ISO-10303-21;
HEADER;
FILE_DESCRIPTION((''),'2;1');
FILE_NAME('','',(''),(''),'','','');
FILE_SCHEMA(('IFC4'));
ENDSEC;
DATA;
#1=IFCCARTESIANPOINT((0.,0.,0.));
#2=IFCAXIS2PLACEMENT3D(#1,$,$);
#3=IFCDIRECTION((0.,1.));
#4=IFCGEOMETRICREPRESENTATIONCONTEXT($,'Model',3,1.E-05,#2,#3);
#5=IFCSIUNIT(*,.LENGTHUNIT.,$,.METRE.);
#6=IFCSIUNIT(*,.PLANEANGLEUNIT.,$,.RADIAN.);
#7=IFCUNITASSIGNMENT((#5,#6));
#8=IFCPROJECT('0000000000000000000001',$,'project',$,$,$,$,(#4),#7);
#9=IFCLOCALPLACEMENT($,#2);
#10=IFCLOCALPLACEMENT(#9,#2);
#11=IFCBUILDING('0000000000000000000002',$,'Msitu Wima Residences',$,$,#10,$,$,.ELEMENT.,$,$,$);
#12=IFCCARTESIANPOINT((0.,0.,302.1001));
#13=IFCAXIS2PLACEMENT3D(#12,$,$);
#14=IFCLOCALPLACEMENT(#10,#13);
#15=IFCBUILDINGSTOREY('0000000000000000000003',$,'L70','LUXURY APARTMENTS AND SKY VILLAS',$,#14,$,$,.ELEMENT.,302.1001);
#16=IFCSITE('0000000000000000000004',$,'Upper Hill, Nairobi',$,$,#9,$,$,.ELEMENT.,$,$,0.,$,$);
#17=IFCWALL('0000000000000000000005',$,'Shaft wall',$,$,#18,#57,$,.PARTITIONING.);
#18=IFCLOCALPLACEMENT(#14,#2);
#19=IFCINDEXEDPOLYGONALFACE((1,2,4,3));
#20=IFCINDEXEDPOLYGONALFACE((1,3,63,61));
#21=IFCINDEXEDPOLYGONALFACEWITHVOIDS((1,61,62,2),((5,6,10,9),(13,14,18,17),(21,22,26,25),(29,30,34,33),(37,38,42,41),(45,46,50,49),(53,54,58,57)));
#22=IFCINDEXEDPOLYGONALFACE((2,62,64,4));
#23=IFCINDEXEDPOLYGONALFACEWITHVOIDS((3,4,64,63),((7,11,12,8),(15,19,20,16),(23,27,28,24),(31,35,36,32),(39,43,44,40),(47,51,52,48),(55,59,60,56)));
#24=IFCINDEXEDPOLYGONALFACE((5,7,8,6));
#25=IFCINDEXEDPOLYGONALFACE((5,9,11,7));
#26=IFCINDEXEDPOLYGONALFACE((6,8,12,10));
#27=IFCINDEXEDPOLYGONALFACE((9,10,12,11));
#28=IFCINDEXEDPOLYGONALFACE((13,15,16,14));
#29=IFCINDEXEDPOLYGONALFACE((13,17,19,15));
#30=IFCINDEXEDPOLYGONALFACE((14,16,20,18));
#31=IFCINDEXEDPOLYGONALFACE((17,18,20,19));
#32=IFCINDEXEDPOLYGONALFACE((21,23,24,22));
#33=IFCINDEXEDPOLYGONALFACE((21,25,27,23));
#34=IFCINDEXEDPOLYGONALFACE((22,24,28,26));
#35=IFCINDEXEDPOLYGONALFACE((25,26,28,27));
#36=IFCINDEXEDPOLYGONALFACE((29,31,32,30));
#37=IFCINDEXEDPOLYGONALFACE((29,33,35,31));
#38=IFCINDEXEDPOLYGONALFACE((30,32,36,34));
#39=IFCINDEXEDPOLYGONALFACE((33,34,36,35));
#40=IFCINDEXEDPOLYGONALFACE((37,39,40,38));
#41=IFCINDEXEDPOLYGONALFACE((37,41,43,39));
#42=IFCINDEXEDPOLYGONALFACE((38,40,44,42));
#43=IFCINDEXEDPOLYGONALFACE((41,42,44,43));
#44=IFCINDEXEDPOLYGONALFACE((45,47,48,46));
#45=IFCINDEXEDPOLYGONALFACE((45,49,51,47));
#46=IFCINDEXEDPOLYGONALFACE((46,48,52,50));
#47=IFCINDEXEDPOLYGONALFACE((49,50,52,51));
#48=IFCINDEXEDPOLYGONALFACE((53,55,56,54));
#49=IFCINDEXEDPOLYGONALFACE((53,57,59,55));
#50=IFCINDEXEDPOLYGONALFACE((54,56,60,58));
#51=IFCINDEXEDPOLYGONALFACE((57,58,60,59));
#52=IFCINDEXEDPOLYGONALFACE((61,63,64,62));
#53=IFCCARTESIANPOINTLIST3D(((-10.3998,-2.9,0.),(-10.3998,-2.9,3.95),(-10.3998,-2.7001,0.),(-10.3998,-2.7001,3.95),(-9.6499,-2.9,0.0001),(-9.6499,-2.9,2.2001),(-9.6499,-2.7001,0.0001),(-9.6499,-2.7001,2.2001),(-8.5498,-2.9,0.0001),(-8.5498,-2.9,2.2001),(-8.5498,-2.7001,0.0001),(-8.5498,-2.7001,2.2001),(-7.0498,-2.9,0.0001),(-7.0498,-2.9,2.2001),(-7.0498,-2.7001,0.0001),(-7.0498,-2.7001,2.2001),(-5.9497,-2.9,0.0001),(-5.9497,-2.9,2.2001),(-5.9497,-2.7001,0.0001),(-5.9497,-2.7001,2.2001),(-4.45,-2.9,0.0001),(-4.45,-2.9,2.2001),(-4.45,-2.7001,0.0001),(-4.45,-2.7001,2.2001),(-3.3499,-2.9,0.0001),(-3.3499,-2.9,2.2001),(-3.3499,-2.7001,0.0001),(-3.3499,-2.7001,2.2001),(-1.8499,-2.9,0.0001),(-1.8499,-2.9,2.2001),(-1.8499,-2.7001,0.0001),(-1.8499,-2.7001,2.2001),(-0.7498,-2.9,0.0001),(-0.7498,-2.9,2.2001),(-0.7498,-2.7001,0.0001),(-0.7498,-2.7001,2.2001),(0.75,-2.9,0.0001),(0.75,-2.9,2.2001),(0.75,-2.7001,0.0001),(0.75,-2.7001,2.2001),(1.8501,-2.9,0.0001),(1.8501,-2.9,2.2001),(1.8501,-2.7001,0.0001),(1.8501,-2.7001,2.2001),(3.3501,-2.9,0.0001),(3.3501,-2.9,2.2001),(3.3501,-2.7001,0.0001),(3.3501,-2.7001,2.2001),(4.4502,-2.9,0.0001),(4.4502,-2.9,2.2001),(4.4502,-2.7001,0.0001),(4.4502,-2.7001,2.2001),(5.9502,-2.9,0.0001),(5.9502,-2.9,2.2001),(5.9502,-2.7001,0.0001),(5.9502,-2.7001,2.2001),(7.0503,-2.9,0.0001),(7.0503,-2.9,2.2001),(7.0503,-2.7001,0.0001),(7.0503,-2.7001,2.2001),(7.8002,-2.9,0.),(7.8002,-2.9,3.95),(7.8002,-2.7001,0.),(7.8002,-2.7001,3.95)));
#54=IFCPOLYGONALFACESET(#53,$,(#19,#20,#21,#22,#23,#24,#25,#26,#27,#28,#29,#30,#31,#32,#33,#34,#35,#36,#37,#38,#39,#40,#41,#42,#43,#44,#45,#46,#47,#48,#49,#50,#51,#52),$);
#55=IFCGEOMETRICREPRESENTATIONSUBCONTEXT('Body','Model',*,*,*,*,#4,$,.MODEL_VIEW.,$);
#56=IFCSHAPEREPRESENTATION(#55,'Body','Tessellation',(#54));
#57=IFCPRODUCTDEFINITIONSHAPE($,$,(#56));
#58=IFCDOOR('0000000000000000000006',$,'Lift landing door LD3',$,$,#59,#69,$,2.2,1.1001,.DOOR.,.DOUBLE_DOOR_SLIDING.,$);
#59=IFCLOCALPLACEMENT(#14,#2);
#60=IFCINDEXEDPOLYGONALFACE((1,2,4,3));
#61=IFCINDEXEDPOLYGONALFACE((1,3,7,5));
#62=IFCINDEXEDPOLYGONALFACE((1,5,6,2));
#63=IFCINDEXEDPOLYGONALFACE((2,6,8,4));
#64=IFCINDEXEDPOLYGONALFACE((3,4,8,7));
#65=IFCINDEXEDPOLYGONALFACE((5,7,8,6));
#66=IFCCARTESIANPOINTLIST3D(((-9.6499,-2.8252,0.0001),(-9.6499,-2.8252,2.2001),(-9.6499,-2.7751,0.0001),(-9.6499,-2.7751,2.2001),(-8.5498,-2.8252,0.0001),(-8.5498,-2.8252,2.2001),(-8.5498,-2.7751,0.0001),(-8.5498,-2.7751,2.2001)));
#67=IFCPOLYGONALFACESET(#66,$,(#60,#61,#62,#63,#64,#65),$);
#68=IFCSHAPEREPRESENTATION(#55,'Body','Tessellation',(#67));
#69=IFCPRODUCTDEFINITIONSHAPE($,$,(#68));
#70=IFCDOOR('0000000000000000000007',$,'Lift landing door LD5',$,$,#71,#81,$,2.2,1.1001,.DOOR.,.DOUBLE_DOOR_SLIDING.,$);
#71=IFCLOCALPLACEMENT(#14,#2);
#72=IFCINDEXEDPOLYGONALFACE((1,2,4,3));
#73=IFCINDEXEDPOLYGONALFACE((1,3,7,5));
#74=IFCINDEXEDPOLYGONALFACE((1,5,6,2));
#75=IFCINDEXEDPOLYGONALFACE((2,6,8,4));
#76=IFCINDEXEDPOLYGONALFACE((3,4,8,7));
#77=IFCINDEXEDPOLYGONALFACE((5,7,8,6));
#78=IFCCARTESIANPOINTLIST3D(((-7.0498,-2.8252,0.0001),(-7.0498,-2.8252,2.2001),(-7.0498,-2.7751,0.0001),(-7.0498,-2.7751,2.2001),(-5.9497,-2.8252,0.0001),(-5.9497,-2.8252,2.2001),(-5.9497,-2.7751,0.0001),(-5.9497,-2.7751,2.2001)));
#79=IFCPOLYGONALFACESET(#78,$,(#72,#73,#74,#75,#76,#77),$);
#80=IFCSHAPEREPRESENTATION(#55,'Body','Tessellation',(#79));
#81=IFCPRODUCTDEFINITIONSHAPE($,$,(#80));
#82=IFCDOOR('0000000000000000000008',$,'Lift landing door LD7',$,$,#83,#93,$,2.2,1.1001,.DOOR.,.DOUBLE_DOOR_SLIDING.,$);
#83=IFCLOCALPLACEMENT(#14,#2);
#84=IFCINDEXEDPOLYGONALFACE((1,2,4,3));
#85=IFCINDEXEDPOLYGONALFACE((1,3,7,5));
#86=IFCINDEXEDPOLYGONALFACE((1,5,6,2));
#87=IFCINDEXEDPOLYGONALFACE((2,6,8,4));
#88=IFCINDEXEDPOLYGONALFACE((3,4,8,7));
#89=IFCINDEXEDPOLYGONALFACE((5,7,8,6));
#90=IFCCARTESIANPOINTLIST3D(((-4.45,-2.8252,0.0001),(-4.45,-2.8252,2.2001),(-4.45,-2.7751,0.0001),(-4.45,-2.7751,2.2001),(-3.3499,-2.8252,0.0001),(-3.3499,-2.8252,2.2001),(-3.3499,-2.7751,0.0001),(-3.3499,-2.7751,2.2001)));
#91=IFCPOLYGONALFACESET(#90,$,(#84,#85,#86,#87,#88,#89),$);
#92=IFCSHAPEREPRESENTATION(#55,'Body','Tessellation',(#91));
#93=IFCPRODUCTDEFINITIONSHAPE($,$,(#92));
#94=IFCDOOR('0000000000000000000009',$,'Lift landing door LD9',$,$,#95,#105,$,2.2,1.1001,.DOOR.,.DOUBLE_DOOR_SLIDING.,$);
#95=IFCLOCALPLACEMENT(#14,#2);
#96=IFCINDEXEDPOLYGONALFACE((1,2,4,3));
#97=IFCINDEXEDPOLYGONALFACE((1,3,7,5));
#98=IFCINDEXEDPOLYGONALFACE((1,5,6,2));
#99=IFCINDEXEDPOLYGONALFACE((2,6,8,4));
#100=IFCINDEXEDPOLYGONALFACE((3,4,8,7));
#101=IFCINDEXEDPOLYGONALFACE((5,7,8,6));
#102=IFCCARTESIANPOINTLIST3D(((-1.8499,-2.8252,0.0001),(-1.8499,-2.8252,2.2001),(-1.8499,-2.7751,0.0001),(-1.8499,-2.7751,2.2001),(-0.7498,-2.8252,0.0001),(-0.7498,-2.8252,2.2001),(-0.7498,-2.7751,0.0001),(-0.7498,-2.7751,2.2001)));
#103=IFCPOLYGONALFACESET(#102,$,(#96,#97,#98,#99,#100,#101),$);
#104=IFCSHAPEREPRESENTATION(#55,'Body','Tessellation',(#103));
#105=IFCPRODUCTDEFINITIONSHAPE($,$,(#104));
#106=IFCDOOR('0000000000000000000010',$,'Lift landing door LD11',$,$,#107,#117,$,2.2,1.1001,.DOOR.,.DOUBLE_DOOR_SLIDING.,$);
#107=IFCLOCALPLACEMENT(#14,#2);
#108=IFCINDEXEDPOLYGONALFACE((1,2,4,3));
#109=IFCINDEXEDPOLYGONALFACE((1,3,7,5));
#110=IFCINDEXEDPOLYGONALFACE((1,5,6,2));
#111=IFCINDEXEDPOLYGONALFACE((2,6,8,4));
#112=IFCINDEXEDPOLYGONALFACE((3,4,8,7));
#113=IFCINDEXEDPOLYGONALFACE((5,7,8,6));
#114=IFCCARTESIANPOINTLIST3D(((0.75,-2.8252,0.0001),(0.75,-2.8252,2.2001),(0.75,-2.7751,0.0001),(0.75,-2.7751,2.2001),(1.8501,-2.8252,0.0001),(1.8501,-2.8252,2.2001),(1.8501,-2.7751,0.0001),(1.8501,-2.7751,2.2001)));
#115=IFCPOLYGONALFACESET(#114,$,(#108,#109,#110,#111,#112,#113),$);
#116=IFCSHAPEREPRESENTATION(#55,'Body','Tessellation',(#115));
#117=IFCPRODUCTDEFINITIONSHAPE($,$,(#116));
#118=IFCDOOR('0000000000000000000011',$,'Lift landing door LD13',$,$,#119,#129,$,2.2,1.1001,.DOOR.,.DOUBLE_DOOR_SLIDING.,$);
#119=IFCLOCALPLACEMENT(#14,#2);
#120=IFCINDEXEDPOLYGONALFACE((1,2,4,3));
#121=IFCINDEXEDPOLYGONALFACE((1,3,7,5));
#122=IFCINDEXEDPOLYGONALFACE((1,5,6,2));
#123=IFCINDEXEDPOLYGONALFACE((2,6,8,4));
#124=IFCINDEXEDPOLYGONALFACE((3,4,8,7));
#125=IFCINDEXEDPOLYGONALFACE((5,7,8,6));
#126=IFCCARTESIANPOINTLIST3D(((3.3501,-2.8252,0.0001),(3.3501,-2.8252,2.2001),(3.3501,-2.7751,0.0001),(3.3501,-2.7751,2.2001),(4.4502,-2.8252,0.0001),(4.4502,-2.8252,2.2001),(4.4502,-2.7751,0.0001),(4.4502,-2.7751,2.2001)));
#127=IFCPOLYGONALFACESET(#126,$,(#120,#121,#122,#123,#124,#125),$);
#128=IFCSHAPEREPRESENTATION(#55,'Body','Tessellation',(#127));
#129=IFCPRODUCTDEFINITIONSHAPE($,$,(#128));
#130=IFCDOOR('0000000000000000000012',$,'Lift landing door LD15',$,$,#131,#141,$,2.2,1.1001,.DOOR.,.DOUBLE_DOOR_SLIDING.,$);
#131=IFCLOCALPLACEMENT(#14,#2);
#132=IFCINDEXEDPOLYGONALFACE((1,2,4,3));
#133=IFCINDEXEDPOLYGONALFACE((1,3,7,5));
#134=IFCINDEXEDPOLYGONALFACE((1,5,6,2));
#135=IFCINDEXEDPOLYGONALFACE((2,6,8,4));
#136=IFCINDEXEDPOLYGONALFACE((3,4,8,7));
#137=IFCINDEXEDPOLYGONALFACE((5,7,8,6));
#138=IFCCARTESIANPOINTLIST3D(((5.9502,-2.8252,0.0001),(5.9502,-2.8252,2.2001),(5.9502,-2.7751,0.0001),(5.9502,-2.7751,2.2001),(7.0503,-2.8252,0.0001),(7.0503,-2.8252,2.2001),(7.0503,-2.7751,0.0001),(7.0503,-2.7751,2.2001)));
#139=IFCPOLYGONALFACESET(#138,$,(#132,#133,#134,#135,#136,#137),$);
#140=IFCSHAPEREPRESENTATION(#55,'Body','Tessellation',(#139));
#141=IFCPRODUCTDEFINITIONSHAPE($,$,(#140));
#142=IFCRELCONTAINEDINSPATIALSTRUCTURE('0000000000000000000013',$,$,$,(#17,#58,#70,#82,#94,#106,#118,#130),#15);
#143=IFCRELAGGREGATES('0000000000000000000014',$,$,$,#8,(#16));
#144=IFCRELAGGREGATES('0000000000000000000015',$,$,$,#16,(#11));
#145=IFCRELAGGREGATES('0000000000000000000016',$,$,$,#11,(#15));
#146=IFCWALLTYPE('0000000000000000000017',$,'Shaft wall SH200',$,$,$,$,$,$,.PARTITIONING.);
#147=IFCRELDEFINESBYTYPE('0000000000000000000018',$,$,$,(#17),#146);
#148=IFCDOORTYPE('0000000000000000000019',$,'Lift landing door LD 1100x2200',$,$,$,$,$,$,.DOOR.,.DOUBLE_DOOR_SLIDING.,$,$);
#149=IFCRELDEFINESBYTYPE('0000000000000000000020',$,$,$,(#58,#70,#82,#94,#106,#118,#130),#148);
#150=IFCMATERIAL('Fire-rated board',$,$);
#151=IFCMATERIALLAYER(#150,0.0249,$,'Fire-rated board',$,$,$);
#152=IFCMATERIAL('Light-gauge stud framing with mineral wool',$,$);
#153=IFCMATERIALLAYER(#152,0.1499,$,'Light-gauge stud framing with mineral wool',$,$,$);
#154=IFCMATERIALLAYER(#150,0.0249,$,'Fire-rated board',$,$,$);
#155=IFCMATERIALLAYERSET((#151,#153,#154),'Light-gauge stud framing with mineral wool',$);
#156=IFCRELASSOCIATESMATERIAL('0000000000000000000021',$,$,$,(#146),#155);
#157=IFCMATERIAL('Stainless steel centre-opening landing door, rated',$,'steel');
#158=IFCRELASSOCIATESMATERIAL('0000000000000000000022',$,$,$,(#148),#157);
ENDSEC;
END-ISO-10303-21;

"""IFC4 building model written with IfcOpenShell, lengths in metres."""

from ifc_helpers import new_model, si_unit, direction, frame, frame_2d, origin, place, context, subcontext, project, spatial, rectangle, extrude, material, layer, layer_set, type_object, element, fill, save


model = new_model("IFC4")

# Units and contexts
model_context = context("Model", 3, precision=1e-05, world=origin(), true_north=direction((0.0, 1.0)))
body_context = subcontext(model_context, "Body", "Model", "MODEL_VIEW")
ifc_project = project(units=[si_unit("LENGTHUNIT", "METRE"), si_unit("PLANEANGLEUNIT", "RADIAN")], contexts=[model_context])

# Site, building, storey
site_placement = place(None, origin())
site = spatial("IfcSite", under=ifc_project, at=site_placement, Name="Upper Hill, Nairobi", CompositionType="ELEMENT", RefElevation=0.0)
building_placement = place(site_placement, origin())
building = spatial("IfcBuilding", under=site, at=building_placement, Name="Msitu Wima Residences", CompositionType="ELEMENT")
storey_placement = place(building_placement, frame((0.0, 0.0, 302.1001)))
storey = spatial("IfcBuildingStorey", under=building, at=storey_placement, Name="L70", Description="LUXURY APARTMENTS AND SKY VILLAS", CompositionType="ELEMENT", Elevation=302.1001)

# Shared definitions
ifc_material_1 = material(Name="Fire-rated board")
ifc_layer_1 = layer(ifc_material_1, 0.0249, Name="Fire-rated board")
ifc_material_2 = material(Name="Light-gauge stud framing with mineral wool")
ifc_layer_2 = layer(ifc_material_2, 0.1499, Name="Light-gauge stud framing with mineral wool")
ifc_layer_3 = layer(ifc_material_1, 0.0249, Name="Fire-rated board")
ifc_layer_set = layer_set([ifc_layer_1, ifc_layer_2, ifc_layer_3], Name="Light-gauge stud framing with mineral wool")
wall_type = type_object("IfcWallType", Name="Shaft wall SH200", PredefinedType="PARTITIONING", material=ifc_layer_set)

# Wall, openings, doors
wall_1_placement = place(storey_placement, frame((-10.3999, -2.8, 0.0), z_axis=(0.0, 0.0, 1.0), x_axis=(1.0, 0.0, 0.0)))
wall_1 = element("IfcWall", 1, at=wall_1_placement, inside=storey, type_object=wall_type, Name="Shaft wall", PredefinedType="PARTITIONING", context=body_context, shape_type="SweptSolid", body=[
    extrude(rectangle(XDim=18.2, YDim=0.2, at=frame_2d((9.1001, 0.0))), origin(), (0.0, 0.0, 1.0), 3.95),
])
opening_1_placement = place(wall_1_placement, frame((0.75, 0.0, 0.0)))
opening_1 = element("IfcOpeningElement", 2, at=opening_1_placement, cuts=wall_1, PredefinedType="OPENING", context=body_context, shape_type="SweptSolid", body=[
    extrude(rectangle(XDim=1.1001, YDim=2.2, at=frame_2d((0.55, 1.1001))), frame((0.0, 0.1099, 0.0), z_axis=(0.0, -1.0, 0.0), x_axis=(1.0, 0.0, 0.0)), (0.0, 0.0, 1.0), 0.22),
])
opening_2_placement = place(wall_1_placement, frame((3.3501, 0.0, 0.0)))
opening_2 = element("IfcOpeningElement", 3, at=opening_2_placement, cuts=wall_1, PredefinedType="OPENING", context=body_context, shape_type="SweptSolid", body=[
    extrude(rectangle(XDim=1.1001, YDim=2.2, at=frame_2d((0.55, 1.1001))), frame((0.0, 0.1099, 0.0), z_axis=(0.0, -1.0, 0.0), x_axis=(1.0, 0.0, 0.0)), (0.0, 0.0, 1.0), 0.22),
])
opening_3_placement = place(wall_1_placement, frame((5.95, 0.0, 0.0)))
opening_3 = element("IfcOpeningElement", 4, at=opening_3_placement, cuts=wall_1, PredefinedType="OPENING", context=body_context, shape_type="SweptSolid", body=[
    extrude(rectangle(XDim=1.1001, YDim=2.2, at=frame_2d((0.55, 1.1001))), frame((0.0, 0.1099, 0.0), z_axis=(0.0, -1.0, 0.0), x_axis=(1.0, 0.0, 0.0)), (0.0, 0.0, 1.0), 0.22),
])
opening_4_placement = place(wall_1_placement, frame((8.55, 0.0, 0.0)))
opening_4 = element("IfcOpeningElement", 5, at=opening_4_placement, cuts=wall_1, PredefinedType="OPENING", context=body_context, shape_type="SweptSolid", body=[
    extrude(rectangle(XDim=1.1001, YDim=2.2, at=frame_2d((0.55, 1.1001))), frame((0.0, 0.1099, 0.0), z_axis=(0.0, -1.0, 0.0), x_axis=(1.0, 0.0, 0.0)), (0.0, 0.0, 1.0), 0.22),
])
opening_5_placement = place(wall_1_placement, frame((11.1499, 0.0, 0.0)))
opening_5 = element("IfcOpeningElement", 6, at=opening_5_placement, cuts=wall_1, PredefinedType="OPENING", context=body_context, shape_type="SweptSolid", body=[
    extrude(rectangle(XDim=1.1001, YDim=2.2, at=frame_2d((0.55, 1.1001))), frame((0.0, 0.1099, 0.0), z_axis=(0.0, -1.0, 0.0), x_axis=(1.0, 0.0, 0.0)), (0.0, 0.0, 1.0), 0.22),
])
opening_6_placement = place(wall_1_placement, frame((13.75, 0.0, 0.0)))
opening_6 = element("IfcOpeningElement", 7, at=opening_6_placement, cuts=wall_1, PredefinedType="OPENING", context=body_context, shape_type="SweptSolid", body=[
    extrude(rectangle(XDim=1.1001, YDim=2.2, at=frame_2d((0.55, 1.1001))), frame((0.0, 0.1099, 0.0), z_axis=(0.0, -1.0, 0.0), x_axis=(1.0, 0.0, 0.0)), (0.0, 0.0, 1.0), 0.22),
])
opening_7_placement = place(wall_1_placement, frame((16.3501, 0.0, 0.0)))
opening_7 = element("IfcOpeningElement", 8, at=opening_7_placement, cuts=wall_1, PredefinedType="OPENING", context=body_context, shape_type="SweptSolid", body=[
    extrude(rectangle(XDim=1.1001, YDim=2.2, at=frame_2d((0.55, 1.1001))), frame((0.0, 0.1099, 0.0), z_axis=(0.0, -1.0, 0.0), x_axis=(1.0, 0.0, 0.0)), (0.0, 0.0, 1.0), 0.22),
])
ifc_material_3 = material(Name="Stainless steel centre-opening landing door, rated", Category="steel")
door_type = type_object("IfcDoorType", Name="Lift landing door LD 1100x2200", OperationType="DOUBLE_DOOR_SLIDING", PredefinedType="DOOR", material=ifc_material_3)
door_1_placement = place(opening_1_placement, origin())
door_1 = element("IfcDoor", 9, at=door_1_placement, inside=storey, type_object=door_type, Name="Lift landing door LD3", OperationType="DOUBLE_DOOR_SLIDING", OverallHeight=2.2, OverallWidth=1.1001, PredefinedType="DOOR", context=body_context, shape_type="SweptSolid", body=[
    extrude(rectangle(XDim=1.1001, YDim=2.2, at=frame_2d((0.55, 1.1001))), frame((0.0, 0.0249, 0.0), z_axis=(0.0, -1.0, 0.0), x_axis=(1.0, 0.0, 0.0)), (0.0, 0.0, 1.0), 0.05),
])
fill(opening_1, door_1)
door_2_placement = place(opening_2_placement, origin())
door_2 = element("IfcDoor", 10, at=door_2_placement, inside=storey, type_object=door_type, Name="Lift landing door LD5", OperationType="DOUBLE_DOOR_SLIDING", OverallHeight=2.2, OverallWidth=1.1001, PredefinedType="DOOR", context=body_context, shape_type="SweptSolid", body=[
    extrude(rectangle(XDim=1.1001, YDim=2.2, at=frame_2d((0.55, 1.1001))), frame((0.0, 0.0249, 0.0), z_axis=(0.0, -1.0, 0.0), x_axis=(1.0, 0.0, 0.0)), (0.0, 0.0, 1.0), 0.05),
])
fill(opening_2, door_2)
door_3_placement = place(opening_3_placement, origin())
door_3 = element("IfcDoor", 11, at=door_3_placement, inside=storey, type_object=door_type, Name="Lift landing door LD7", OperationType="DOUBLE_DOOR_SLIDING", OverallHeight=2.2, OverallWidth=1.1001, PredefinedType="DOOR", context=body_context, shape_type="SweptSolid", body=[
    extrude(rectangle(XDim=1.1001, YDim=2.2, at=frame_2d((0.55, 1.1001))), frame((0.0, 0.0249, 0.0), z_axis=(0.0, -1.0, 0.0), x_axis=(1.0, 0.0, 0.0)), (0.0, 0.0, 1.0), 0.05),
])
fill(opening_3, door_3)
door_4_placement = place(opening_4_placement, origin())
door_4 = element("IfcDoor", 12, at=door_4_placement, inside=storey, type_object=door_type, Name="Lift landing door LD9", OperationType="DOUBLE_DOOR_SLIDING", OverallHeight=2.2, OverallWidth=1.1001, PredefinedType="DOOR", context=body_context, shape_type="SweptSolid", body=[
    extrude(rectangle(XDim=1.1001, YDim=2.2, at=frame_2d((0.55, 1.1001))), frame((0.0, 0.0249, 0.0), z_axis=(0.0, -1.0, 0.0), x_axis=(1.0, 0.0, 0.0)), (0.0, 0.0, 1.0), 0.05),
])
fill(opening_4, door_4)
door_5_placement = place(opening_5_placement, origin())
door_5 = element("IfcDoor", 13, at=door_5_placement, inside=storey, type_object=door_type, Name="Lift landing door LD11", OperationType="DOUBLE_DOOR_SLIDING", OverallHeight=2.2, OverallWidth=1.1001, PredefinedType="DOOR", context=body_context, shape_type="SweptSolid", body=[
    extrude(rectangle(XDim=1.1001, YDim=2.2, at=frame_2d((0.55, 1.1001))), frame((0.0, 0.0249, 0.0), z_axis=(0.0, -1.0, 0.0), x_axis=(1.0, 0.0, 0.0)), (0.0, 0.0, 1.0), 0.05),
])
fill(opening_5, door_5)
door_6_placement = place(opening_6_placement, origin())
door_6 = element("IfcDoor", 14, at=door_6_placement, inside=storey, type_object=door_type, Name="Lift landing door LD13", OperationType="DOUBLE_DOOR_SLIDING", OverallHeight=2.2, OverallWidth=1.1001, PredefinedType="DOOR", context=body_context, shape_type="SweptSolid", body=[
    extrude(rectangle(XDim=1.1001, YDim=2.2, at=frame_2d((0.55, 1.1001))), frame((0.0, 0.0249, 0.0), z_axis=(0.0, -1.0, 0.0), x_axis=(1.0, 0.0, 0.0)), (0.0, 0.0, 1.0), 0.05),
])
fill(opening_6, door_6)
door_7_placement = place(opening_7_placement, origin())
door_7 = element("IfcDoor", 15, at=door_7_placement, inside=storey, type_object=door_type, Name="Lift landing door LD15", OperationType="DOUBLE_DOOR_SLIDING", OverallHeight=2.2, OverallWidth=1.1001, PredefinedType="DOOR", context=body_context, shape_type="SweptSolid", body=[
    extrude(rectangle(XDim=1.1001, YDim=2.2, at=frame_2d((0.55, 1.1001))), frame((0.0, 0.0249, 0.0), z_axis=(0.0, -1.0, 0.0), x_axis=(1.0, 0.0, 0.0)), (0.0, 0.0, 1.0), 0.05),
])
fill(opening_7, door_7)

save(model, "model.ifc")
